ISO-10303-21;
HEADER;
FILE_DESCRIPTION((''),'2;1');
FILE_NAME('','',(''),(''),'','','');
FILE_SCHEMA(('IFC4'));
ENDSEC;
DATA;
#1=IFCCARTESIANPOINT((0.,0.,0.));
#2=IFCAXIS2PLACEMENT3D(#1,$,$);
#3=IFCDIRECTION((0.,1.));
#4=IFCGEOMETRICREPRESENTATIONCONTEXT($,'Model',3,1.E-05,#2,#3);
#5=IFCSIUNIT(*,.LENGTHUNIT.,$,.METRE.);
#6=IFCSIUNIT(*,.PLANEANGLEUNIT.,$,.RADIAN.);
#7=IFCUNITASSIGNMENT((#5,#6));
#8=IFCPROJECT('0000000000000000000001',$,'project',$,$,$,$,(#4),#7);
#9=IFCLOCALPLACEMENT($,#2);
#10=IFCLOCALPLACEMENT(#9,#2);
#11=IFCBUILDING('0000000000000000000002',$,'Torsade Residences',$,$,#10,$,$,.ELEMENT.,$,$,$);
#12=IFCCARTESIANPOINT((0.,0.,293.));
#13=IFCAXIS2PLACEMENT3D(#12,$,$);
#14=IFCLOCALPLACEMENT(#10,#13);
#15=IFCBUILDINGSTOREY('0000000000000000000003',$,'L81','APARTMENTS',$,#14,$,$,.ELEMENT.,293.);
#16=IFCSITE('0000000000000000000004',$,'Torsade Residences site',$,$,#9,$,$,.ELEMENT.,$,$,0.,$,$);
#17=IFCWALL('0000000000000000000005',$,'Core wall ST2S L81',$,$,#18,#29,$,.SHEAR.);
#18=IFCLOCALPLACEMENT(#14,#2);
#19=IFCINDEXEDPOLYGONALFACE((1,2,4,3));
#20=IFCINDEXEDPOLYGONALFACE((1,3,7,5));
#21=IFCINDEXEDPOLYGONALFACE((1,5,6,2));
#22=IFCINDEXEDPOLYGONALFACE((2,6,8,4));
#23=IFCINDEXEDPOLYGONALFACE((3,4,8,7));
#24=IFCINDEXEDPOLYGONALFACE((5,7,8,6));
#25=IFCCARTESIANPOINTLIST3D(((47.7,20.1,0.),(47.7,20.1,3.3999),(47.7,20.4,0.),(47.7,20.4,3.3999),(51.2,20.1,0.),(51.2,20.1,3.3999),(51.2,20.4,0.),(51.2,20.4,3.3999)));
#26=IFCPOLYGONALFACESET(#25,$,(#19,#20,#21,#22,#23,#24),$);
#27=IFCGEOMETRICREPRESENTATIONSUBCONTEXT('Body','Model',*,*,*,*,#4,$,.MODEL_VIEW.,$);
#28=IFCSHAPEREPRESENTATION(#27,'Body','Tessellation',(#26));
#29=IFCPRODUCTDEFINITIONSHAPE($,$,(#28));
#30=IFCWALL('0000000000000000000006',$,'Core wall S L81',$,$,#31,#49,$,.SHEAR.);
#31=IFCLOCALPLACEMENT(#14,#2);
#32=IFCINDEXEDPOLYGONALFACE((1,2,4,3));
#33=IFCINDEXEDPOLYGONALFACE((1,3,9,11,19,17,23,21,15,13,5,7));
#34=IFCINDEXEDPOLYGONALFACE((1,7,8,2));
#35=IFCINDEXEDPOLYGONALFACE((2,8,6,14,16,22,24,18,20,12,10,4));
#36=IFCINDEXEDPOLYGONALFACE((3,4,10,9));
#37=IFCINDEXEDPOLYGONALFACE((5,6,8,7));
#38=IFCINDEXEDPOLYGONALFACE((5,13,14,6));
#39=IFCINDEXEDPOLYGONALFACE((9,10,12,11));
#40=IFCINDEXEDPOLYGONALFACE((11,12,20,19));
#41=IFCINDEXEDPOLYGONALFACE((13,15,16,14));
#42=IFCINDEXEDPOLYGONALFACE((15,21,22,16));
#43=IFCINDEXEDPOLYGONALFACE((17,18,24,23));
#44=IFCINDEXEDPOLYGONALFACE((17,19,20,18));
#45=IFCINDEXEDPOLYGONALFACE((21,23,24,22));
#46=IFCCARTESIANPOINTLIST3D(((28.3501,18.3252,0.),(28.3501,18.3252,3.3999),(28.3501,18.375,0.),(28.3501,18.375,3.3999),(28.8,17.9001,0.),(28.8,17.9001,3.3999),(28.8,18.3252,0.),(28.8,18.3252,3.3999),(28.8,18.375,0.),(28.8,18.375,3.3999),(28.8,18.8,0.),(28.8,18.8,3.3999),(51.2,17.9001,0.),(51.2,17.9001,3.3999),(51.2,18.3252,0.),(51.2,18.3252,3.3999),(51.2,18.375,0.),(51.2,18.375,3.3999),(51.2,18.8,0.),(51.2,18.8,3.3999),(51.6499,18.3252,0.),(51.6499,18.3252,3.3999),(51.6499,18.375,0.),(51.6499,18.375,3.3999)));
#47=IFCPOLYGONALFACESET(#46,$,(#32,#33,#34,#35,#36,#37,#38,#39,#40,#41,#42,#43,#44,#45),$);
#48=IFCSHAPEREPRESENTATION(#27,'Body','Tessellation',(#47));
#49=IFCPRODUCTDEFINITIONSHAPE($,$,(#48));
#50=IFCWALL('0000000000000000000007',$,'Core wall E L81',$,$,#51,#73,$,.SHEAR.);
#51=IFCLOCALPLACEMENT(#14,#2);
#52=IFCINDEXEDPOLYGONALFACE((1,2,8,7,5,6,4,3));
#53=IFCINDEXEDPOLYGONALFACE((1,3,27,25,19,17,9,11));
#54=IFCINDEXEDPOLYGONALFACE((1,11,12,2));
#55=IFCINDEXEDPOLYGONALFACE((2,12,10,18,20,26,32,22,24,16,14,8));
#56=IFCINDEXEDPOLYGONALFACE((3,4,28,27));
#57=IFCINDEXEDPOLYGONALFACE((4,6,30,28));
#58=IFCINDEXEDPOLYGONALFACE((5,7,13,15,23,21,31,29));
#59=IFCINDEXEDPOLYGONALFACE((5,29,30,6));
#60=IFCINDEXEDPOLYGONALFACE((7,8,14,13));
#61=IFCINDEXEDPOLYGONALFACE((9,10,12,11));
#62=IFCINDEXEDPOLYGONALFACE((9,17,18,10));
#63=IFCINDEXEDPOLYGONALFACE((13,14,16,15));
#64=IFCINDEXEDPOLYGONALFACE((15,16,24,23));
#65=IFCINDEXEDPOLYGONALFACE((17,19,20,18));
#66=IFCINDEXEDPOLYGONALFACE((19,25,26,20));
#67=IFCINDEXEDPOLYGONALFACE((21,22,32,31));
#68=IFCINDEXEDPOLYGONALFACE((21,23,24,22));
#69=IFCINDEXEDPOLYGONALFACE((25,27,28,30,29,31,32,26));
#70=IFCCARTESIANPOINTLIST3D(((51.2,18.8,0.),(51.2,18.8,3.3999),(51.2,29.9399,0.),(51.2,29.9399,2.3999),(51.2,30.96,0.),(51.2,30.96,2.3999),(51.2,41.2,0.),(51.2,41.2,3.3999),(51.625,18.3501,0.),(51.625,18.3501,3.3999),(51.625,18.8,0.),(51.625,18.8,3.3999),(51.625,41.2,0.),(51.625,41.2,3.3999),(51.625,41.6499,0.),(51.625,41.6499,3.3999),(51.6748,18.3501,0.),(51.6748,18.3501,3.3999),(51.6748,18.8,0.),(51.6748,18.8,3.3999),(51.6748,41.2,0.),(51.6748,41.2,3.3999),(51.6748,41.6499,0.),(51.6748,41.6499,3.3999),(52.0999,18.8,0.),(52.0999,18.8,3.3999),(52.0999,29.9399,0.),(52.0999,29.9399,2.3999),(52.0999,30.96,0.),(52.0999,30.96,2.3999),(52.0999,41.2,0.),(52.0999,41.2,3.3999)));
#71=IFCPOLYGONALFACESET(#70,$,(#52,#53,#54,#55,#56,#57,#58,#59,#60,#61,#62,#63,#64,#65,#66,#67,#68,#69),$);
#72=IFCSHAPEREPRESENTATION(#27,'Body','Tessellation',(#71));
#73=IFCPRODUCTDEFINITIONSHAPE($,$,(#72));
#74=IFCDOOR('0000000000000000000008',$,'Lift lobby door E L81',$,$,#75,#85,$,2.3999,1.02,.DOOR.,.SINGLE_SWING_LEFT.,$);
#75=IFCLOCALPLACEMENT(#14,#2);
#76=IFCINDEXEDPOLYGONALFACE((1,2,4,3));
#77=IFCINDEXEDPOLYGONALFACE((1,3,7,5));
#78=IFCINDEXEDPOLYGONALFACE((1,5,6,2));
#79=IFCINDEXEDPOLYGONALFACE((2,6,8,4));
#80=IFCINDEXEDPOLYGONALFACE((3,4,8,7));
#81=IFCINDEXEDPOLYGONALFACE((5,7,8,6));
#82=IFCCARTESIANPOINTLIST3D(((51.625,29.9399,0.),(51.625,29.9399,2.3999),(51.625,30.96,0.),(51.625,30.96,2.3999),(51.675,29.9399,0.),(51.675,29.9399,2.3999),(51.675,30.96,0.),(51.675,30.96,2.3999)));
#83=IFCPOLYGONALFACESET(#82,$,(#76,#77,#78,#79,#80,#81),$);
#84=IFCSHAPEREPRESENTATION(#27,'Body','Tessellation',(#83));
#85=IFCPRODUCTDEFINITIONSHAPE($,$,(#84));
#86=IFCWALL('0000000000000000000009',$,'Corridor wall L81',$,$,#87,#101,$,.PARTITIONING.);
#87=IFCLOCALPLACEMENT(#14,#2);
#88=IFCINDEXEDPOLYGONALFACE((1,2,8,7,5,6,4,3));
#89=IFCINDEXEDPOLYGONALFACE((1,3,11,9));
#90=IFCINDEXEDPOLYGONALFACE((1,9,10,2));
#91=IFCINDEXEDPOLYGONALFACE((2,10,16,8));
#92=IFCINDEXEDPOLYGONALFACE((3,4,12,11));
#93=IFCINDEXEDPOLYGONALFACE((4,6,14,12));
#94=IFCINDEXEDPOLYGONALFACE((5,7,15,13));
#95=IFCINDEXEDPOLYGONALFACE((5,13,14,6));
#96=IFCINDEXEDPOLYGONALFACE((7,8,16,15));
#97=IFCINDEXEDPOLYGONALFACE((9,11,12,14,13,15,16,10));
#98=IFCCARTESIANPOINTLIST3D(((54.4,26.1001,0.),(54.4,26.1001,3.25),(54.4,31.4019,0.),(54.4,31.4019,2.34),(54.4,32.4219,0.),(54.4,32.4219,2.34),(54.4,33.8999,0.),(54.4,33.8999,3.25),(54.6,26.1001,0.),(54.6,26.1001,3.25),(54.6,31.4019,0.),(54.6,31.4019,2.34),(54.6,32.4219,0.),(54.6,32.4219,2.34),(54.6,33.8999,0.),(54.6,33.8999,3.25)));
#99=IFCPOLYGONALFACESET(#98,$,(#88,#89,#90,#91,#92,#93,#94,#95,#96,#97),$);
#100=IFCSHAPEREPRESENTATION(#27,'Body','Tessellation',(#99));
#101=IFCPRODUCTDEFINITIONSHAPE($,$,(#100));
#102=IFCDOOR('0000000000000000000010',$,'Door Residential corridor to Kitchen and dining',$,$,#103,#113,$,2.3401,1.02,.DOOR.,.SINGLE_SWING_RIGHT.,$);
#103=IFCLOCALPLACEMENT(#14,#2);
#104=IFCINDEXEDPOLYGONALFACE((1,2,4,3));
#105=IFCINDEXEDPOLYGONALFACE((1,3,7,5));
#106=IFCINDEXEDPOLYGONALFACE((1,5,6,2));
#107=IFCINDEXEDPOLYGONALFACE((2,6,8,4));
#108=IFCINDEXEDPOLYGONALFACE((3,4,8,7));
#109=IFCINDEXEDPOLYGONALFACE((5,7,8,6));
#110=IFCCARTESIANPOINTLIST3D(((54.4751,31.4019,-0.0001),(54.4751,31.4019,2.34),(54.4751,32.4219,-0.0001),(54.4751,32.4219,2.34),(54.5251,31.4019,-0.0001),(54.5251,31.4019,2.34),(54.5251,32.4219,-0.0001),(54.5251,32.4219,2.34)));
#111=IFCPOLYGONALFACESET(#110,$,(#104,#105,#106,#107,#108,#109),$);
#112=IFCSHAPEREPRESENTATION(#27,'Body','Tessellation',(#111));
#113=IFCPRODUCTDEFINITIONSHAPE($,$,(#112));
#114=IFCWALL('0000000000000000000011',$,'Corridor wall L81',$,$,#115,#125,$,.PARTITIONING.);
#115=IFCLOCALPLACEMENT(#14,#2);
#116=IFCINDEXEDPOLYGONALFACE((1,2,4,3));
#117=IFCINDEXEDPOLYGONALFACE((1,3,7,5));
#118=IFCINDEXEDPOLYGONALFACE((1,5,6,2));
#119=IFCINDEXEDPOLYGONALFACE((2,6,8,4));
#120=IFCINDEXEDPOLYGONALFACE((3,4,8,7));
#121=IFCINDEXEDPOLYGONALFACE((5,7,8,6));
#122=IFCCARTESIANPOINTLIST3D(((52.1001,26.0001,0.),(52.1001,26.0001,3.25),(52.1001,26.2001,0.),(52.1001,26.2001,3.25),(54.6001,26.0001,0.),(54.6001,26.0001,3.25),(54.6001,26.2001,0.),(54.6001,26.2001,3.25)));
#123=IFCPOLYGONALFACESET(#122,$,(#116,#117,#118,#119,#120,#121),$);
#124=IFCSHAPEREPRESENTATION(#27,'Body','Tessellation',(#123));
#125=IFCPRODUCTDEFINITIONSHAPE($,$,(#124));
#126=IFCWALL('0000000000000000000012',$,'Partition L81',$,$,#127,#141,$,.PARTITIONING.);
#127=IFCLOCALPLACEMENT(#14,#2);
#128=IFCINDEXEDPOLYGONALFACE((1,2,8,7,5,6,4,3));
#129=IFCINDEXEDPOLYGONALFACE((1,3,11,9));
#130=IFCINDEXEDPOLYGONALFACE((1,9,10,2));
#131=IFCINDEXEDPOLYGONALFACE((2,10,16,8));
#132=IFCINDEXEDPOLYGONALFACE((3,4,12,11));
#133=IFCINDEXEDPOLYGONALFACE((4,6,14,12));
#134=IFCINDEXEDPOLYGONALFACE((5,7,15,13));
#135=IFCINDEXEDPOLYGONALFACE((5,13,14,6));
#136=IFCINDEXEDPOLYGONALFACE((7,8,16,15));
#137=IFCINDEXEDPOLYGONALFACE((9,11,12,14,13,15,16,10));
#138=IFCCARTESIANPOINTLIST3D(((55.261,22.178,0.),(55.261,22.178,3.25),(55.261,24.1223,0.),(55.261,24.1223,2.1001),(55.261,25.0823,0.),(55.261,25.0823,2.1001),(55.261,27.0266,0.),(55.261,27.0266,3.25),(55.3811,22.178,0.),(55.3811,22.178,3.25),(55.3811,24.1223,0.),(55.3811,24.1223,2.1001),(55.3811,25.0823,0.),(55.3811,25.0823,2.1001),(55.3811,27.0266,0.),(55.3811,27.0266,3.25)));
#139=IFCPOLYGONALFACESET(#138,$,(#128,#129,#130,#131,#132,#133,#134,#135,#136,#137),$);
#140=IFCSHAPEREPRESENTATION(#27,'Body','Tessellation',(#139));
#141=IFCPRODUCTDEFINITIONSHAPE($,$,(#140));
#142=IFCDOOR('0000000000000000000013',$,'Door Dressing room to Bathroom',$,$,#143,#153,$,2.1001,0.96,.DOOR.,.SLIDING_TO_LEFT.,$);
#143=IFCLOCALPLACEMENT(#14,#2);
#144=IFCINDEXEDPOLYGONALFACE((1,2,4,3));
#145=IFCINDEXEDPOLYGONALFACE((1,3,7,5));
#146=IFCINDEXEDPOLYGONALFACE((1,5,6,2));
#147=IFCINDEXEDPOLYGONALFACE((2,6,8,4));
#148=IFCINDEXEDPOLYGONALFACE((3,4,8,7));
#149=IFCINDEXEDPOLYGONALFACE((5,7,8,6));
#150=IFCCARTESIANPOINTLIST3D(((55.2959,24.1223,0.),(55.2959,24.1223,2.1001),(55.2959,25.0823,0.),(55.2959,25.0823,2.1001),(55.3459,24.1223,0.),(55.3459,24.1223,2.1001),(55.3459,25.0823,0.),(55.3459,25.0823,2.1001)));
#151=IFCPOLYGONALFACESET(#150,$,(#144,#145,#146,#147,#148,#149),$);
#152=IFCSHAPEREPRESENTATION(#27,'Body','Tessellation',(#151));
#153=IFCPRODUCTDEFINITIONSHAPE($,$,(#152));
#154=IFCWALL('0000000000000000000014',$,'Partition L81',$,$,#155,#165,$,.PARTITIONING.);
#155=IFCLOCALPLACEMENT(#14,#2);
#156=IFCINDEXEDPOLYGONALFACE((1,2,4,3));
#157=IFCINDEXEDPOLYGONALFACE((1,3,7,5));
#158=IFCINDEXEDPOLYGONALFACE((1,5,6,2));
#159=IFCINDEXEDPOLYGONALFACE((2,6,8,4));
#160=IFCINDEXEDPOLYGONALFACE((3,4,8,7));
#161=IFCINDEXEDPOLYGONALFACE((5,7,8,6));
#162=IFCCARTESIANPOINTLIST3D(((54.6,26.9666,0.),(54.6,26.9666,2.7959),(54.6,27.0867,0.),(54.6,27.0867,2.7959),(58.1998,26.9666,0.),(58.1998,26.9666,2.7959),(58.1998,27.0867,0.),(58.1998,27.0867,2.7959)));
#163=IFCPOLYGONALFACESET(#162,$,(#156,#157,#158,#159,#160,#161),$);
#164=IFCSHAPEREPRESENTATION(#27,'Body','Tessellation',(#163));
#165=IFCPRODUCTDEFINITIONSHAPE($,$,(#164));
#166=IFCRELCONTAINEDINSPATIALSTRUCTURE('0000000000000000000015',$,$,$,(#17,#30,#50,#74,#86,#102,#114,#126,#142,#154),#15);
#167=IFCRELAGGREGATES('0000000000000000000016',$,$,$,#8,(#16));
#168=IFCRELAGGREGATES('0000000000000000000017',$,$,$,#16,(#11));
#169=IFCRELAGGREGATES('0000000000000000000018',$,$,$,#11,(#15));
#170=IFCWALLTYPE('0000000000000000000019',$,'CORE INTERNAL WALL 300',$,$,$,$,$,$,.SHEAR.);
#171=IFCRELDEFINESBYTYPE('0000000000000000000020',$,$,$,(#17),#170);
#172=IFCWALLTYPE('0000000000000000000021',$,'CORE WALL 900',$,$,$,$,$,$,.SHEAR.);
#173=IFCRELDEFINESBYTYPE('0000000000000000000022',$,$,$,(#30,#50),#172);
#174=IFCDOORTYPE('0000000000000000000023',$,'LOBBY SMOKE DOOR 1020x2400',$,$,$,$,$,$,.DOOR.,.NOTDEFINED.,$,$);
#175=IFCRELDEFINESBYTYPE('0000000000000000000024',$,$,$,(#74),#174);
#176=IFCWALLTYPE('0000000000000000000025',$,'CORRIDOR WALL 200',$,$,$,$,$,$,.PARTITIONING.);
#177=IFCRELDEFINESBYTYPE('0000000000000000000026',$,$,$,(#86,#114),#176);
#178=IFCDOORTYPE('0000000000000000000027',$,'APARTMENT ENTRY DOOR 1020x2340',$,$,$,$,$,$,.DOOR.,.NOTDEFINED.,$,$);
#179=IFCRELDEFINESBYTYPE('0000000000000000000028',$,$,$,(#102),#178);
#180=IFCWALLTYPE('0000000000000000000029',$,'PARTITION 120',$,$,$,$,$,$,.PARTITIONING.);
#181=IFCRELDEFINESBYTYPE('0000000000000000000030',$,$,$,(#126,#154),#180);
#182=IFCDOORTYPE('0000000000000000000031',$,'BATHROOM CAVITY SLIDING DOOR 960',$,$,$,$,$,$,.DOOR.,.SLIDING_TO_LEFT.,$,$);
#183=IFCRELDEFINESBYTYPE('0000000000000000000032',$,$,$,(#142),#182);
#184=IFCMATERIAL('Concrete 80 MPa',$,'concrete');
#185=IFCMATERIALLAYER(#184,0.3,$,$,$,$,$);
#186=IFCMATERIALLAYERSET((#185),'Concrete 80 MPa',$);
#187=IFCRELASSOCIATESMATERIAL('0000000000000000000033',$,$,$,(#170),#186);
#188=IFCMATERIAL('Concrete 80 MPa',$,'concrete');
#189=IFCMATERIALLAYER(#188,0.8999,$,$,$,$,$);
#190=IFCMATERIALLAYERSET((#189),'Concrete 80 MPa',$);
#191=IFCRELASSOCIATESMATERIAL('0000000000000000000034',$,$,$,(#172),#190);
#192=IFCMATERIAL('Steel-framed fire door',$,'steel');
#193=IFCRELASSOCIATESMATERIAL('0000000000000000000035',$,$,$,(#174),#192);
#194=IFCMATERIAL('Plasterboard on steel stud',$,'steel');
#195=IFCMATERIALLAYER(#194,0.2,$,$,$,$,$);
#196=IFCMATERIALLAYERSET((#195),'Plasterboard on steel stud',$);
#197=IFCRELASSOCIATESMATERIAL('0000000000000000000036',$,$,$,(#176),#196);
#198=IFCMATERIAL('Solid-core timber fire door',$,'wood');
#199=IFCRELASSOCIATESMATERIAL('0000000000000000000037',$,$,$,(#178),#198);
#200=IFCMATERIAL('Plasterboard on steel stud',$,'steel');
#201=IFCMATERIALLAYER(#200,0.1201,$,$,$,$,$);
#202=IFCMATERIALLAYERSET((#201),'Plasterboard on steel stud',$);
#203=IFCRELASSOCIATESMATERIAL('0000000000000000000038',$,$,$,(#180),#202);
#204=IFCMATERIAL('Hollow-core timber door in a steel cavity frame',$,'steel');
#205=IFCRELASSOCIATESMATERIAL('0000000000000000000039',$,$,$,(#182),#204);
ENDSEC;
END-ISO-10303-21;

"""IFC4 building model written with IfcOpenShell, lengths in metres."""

from ifc_helpers import new_model, si_unit, direction, frame, frame_2d, origin, place, context, subcontext, project, spatial, polyline, rectangle, outline, extrude, material, layer, layer_set, type_object, element, fill, save


model = new_model("IFC4")

# Units and contexts
model_context = context("Model", 3, precision=1e-05, world=origin(), true_north=direction((0.0, 1.0)))
body_context = subcontext(model_context, "Body", "Model", "MODEL_VIEW")
ifc_project = project(units=[si_unit("LENGTHUNIT", "METRE"), si_unit("PLANEANGLEUNIT", "RADIAN")], contexts=[model_context])

# Site, building, storey
site_placement = place(None, origin())
site = spatial("IfcSite", under=ifc_project, at=site_placement, Name="Torsade Residences site", CompositionType="ELEMENT", RefElevation=0.0)
building_placement = place(site_placement, origin())
building = spatial("IfcBuilding", under=site, at=building_placement, Name="Torsade Residences", CompositionType="ELEMENT")
storey_placement = place(building_placement, frame((0.0, 0.0, 293.0)))
storey = spatial("IfcBuildingStorey", under=building, at=storey_placement, Name="L81", Description="APARTMENTS", CompositionType="ELEMENT", Elevation=293.0)

# Walls
ifc_material_1 = material(Name="Concrete 80 MPa", Category="concrete")
ifc_layer_1 = layer(ifc_material_1, 0.3)
ifc_layer_set_1 = layer_set([ifc_layer_1], Name="Concrete 80 MPa")
wall_type_1 = type_object("IfcWallType", Name="CORE INTERNAL WALL 300", PredefinedType="SHEAR", material=ifc_layer_set_1)
wall_1_placement = place(storey_placement, frame((51.2, 20.25, 0.0), z_axis=(0.0, 0.0, 1.0), x_axis=(-1.0, 0.0, 0.0)))
element("IfcWall", 1, at=wall_1_placement, inside=storey, type_object=wall_type_1, Name="Core wall ST2S L81", PredefinedType="SHEAR", context=body_context, shape_type="SweptSolid", body=[
    extrude(rectangle(XDim=3.5, YDim=0.3, at=frame_2d((1.75, 0.0))), origin(), (0.0, 0.0, 1.0), 3.3999),
])
ifc_material_2 = material(Name="Concrete 80 MPa", Category="concrete")
ifc_layer_2 = layer(ifc_material_2, 0.8999)
ifc_layer_set_2 = layer_set([ifc_layer_2], Name="Concrete 80 MPa")
wall_type_2 = type_object("IfcWallType", Name="CORE WALL 900", PredefinedType="SHEAR", material=ifc_layer_set_2)
wall_2_placement = place(storey_placement, frame((51.2, 18.3501, 0.0), z_axis=(0.0, 0.0, 1.0), x_axis=(-1.0, 0.0, 0.0)))
element("IfcWall", 2, at=wall_2_placement, inside=storey, type_object=wall_type_2, Name="Core wall S L81", PredefinedType="SHEAR", context=body_context, shape_type="SweptSolid", body=[
    extrude(outline(polyline([(0.0, -0.45), (22.3999, -0.45), (22.3999, -0.0249), (22.8499, -0.0249), (22.8499, 0.0249), (22.3999, 0.0249), (22.3999, 0.45), (0.0, 0.45), (0.0, 0.0249), (-0.45, 0.0249), (-0.45, -0.0249), (0.0, -0.0249), (0.0, -0.45)])), origin(), (0.0, 0.0, 1.0), 3.3999),
])

# Walls, openings, doors
wall_3_placement = place(storey_placement, frame((51.6499, 18.8, 0.0), z_axis=(0.0, 0.0, 1.0), x_axis=(0.0, 1.0, 0.0)))
wall_3 = element("IfcWall", 3, at=wall_3_placement, inside=storey, type_object=wall_type_2, Name="Core wall E L81", PredefinedType="SHEAR", context=body_context, shape_type="SweptSolid", body=[
    extrude(outline(polyline([(0.0, -0.45), (22.3999, -0.45), (22.3999, -0.0249), (22.8499, -0.0249), (22.8499, 0.0249), (22.3999, 0.0249), (22.3999, 0.45), (0.0, 0.45), (0.0, 0.0249), (-0.45, 0.0249), (-0.45, -0.0249), (0.0, -0.0249), (0.0, -0.45)])), origin(), (0.0, 0.0, 1.0), 3.3999),
])
opening_1_placement = place(wall_3_placement, frame((11.1399, 0.0, 0.0)))
opening_1 = element("IfcOpeningElement", 4, at=opening_1_placement, cuts=wall_3, PredefinedType="OPENING", context=body_context, shape_type="SweptSolid", body=[
    extrude(rectangle(XDim=1.02, YDim=2.3999, at=frame_2d((0.51, 1.2))), frame((0.0, 0.46, 0.0), z_axis=(0.0, -1.0, 0.0), x_axis=(1.0, 0.0, 0.0)), (0.0, 0.0, 1.0), 0.9199),
])
ifc_material_3 = material(Name="Steel-framed fire door", Category="steel")
door_type_1 = type_object("IfcDoorType", Name="LOBBY SMOKE DOOR 1020x2400", OperationType="NOTDEFINED", PredefinedType="DOOR", material=ifc_material_3)
door_1_placement = place(opening_1_placement, origin())
door_1 = element("IfcDoor", 5, at=door_1_placement, inside=storey, type_object=door_type_1, Name="Lift lobby door E L81", OperationType="SINGLE_SWING_LEFT", OverallHeight=2.3999, OverallWidth=1.02, PredefinedType="DOOR", context=body_context, shape_type="SweptSolid", body=[
    extrude(rectangle(XDim=1.02, YDim=2.3999, at=frame_2d((0.51, 1.2))), frame((0.0, 0.0249, 0.0), z_axis=(0.0, -1.0, 0.0), x_axis=(1.0, 0.0, 0.0)), (0.0, 0.0, 1.0), 0.05),
])
fill(opening_1, door_1)
ifc_material_4 = material(Name="Plasterboard on steel stud", Category="steel")
ifc_layer_3 = layer(ifc_material_4, 0.2)
ifc_layer_set_3 = layer_set([ifc_layer_3], Name="Plasterboard on steel stud")
wall_type_3 = type_object("IfcWallType", Name="CORRIDOR WALL 200", PredefinedType="PARTITIONING", material=ifc_layer_set_3)
wall_4_placement = place(storey_placement, frame((54.5, 26.1001, 0.0), z_axis=(0.0, 0.0, 1.0), x_axis=(0.0, 1.0, 0.0)))
wall_4 = element("IfcWall", 6, at=wall_4_placement, inside=storey, type_object=wall_type_3, Name="Corridor wall L81", PredefinedType="PARTITIONING", context=body_context, shape_type="SweptSolid", body=[
    extrude(rectangle(XDim=7.7998, YDim=0.2, at=frame_2d((3.8999, 0.0))), origin(), (0.0, 0.0, 1.0), 3.25),
])
opening_2_placement = place(wall_4_placement, frame((5.3018, 0.0, 0.0)))
opening_2 = element("IfcOpeningElement", 7, at=opening_2_placement, cuts=wall_4, PredefinedType="OPENING", context=body_context, shape_type="SweptSolid", body=[
    extrude(rectangle(XDim=1.02, YDim=2.3401, at=frame_2d((0.51, 1.1699))), frame((0.0, 0.1099, 0.0), z_axis=(0.0, -1.0, 0.0), x_axis=(1.0, 0.0, 0.0)), (0.0, 0.0, 1.0), 0.22),
])
ifc_material_5 = material(Name="Solid-core timber fire door", Category="wood")
door_type_2 = type_object("IfcDoorType", Name="APARTMENT ENTRY DOOR 1020x2340", OperationType="NOTDEFINED", PredefinedType="DOOR", material=ifc_material_5)
door_2_placement = place(opening_2_placement, origin())
door_2 = element("IfcDoor", 8, at=door_2_placement, inside=storey, type_object=door_type_2, Name="Door Residential corridor to Kitchen and dining", OperationType="SINGLE_SWING_RIGHT", OverallHeight=2.3401, OverallWidth=1.02, PredefinedType="DOOR", context=body_context, shape_type="SweptSolid", body=[
    extrude(rectangle(XDim=1.02, YDim=2.3401, at=frame_2d((0.51, 1.1699))), frame((0.0, 0.0249, 0.0), z_axis=(0.0, -1.0, 0.0), x_axis=(1.0, 0.0, 0.0)), (0.0, 0.0, 1.0), 0.05),
])
fill(opening_2, door_2)

# Wall
wall_5_placement = place(storey_placement, frame((52.1001, 26.1001, 0.0), z_axis=(0.0, 0.0, 1.0), x_axis=(1.0, 0.0, 0.0)))
element("IfcWall", 9, at=wall_5_placement, inside=storey, type_object=wall_type_3, Name="Corridor wall L81", PredefinedType="PARTITIONING", context=body_context, shape_type="SweptSolid", body=[
    extrude(rectangle(XDim=2.5, YDim=0.2, at=frame_2d((1.25, 0.0))), origin(), (0.0, 0.0, 1.0), 3.25),
])

# Wall, opening, door
ifc_material_6 = material(Name="Plasterboard on steel stud", Category="steel")
ifc_layer_4 = layer(ifc_material_6, 0.1201)
ifc_layer_set_4 = layer_set([ifc_layer_4], Name="Plasterboard on steel stud")
wall_type_4 = type_object("IfcWallType", Name="PARTITION 120", PredefinedType="PARTITIONING", material=ifc_layer_set_4)
wall_6_placement = place(storey_placement, frame((55.321, 27.0266, 0.0), z_axis=(0.0, 0.0, 1.0), x_axis=(0.0, -1.0, 0.0)))
wall_6 = element("IfcWall", 10, at=wall_6_placement, inside=storey, type_object=wall_type_4, Name="Partition L81", PredefinedType="PARTITIONING", context=body_context, shape_type="SweptSolid", body=[
    extrude(rectangle(XDim=4.8486, YDim=0.1201, at=frame_2d((2.4243, 0.0))), origin(), (0.0, 0.0, 1.0), 3.25),
])
opening_3_placement = place(wall_6_placement, frame((1.9443, 0.0, 0.0)))
opening_3 = element("IfcOpeningElement", 11, at=opening_3_placement, cuts=wall_6, PredefinedType="OPENING", context=body_context, shape_type="SweptSolid", body=[
    extrude(rectangle(XDim=0.96, YDim=2.1001, at=frame_2d((0.48, 1.05))), frame((0.0, 0.0701, 0.0), z_axis=(0.0, -1.0, 0.0), x_axis=(1.0, 0.0, 0.0)), (0.0, 0.0, 1.0), 0.1401),
])
ifc_material_7 = material(Name="Hollow-core timber door in a steel cavity frame", Category="steel")
door_type_3 = type_object("IfcDoorType", Name="BATHROOM CAVITY SLIDING DOOR 960", OperationType="SLIDING_TO_LEFT", PredefinedType="DOOR", material=ifc_material_7)
door_3_placement = place(opening_3_placement, origin())
door_3 = element("IfcDoor", 12, at=door_3_placement, inside=storey, type_object=door_type_3, Name="Door Dressing room to Bathroom", OperationType="SLIDING_TO_LEFT", OverallHeight=2.1001, OverallWidth=0.96, PredefinedType="DOOR", context=body_context, shape_type="SweptSolid", body=[
    extrude(rectangle(XDim=0.96, YDim=2.1001, at=frame_2d((0.48, 1.05))), frame((0.0, 0.0249, 0.0), z_axis=(0.0, -1.0, 0.0), x_axis=(1.0, 0.0, 0.0)), (0.0, 0.0, 1.0), 0.05),
])
fill(opening_3, door_3)

# Wall
wall_7_placement = place(storey_placement, frame((54.6001, 27.0266, 0.0), z_axis=(0.0, 0.0, 1.0), x_axis=(1.0, 0.0, 0.0)))
element("IfcWall", 13, at=wall_7_placement, inside=storey, type_object=wall_type_4, Name="Partition L81", PredefinedType="PARTITIONING", context=body_context, shape_type="SweptSolid", body=[
    extrude(rectangle(XDim=3.5999, YDim=0.1201, at=frame_2d((1.7998, 0.0))), origin(), (0.0, 0.0, 1.0), 2.7959),
])

save(model, "model.ifc")
